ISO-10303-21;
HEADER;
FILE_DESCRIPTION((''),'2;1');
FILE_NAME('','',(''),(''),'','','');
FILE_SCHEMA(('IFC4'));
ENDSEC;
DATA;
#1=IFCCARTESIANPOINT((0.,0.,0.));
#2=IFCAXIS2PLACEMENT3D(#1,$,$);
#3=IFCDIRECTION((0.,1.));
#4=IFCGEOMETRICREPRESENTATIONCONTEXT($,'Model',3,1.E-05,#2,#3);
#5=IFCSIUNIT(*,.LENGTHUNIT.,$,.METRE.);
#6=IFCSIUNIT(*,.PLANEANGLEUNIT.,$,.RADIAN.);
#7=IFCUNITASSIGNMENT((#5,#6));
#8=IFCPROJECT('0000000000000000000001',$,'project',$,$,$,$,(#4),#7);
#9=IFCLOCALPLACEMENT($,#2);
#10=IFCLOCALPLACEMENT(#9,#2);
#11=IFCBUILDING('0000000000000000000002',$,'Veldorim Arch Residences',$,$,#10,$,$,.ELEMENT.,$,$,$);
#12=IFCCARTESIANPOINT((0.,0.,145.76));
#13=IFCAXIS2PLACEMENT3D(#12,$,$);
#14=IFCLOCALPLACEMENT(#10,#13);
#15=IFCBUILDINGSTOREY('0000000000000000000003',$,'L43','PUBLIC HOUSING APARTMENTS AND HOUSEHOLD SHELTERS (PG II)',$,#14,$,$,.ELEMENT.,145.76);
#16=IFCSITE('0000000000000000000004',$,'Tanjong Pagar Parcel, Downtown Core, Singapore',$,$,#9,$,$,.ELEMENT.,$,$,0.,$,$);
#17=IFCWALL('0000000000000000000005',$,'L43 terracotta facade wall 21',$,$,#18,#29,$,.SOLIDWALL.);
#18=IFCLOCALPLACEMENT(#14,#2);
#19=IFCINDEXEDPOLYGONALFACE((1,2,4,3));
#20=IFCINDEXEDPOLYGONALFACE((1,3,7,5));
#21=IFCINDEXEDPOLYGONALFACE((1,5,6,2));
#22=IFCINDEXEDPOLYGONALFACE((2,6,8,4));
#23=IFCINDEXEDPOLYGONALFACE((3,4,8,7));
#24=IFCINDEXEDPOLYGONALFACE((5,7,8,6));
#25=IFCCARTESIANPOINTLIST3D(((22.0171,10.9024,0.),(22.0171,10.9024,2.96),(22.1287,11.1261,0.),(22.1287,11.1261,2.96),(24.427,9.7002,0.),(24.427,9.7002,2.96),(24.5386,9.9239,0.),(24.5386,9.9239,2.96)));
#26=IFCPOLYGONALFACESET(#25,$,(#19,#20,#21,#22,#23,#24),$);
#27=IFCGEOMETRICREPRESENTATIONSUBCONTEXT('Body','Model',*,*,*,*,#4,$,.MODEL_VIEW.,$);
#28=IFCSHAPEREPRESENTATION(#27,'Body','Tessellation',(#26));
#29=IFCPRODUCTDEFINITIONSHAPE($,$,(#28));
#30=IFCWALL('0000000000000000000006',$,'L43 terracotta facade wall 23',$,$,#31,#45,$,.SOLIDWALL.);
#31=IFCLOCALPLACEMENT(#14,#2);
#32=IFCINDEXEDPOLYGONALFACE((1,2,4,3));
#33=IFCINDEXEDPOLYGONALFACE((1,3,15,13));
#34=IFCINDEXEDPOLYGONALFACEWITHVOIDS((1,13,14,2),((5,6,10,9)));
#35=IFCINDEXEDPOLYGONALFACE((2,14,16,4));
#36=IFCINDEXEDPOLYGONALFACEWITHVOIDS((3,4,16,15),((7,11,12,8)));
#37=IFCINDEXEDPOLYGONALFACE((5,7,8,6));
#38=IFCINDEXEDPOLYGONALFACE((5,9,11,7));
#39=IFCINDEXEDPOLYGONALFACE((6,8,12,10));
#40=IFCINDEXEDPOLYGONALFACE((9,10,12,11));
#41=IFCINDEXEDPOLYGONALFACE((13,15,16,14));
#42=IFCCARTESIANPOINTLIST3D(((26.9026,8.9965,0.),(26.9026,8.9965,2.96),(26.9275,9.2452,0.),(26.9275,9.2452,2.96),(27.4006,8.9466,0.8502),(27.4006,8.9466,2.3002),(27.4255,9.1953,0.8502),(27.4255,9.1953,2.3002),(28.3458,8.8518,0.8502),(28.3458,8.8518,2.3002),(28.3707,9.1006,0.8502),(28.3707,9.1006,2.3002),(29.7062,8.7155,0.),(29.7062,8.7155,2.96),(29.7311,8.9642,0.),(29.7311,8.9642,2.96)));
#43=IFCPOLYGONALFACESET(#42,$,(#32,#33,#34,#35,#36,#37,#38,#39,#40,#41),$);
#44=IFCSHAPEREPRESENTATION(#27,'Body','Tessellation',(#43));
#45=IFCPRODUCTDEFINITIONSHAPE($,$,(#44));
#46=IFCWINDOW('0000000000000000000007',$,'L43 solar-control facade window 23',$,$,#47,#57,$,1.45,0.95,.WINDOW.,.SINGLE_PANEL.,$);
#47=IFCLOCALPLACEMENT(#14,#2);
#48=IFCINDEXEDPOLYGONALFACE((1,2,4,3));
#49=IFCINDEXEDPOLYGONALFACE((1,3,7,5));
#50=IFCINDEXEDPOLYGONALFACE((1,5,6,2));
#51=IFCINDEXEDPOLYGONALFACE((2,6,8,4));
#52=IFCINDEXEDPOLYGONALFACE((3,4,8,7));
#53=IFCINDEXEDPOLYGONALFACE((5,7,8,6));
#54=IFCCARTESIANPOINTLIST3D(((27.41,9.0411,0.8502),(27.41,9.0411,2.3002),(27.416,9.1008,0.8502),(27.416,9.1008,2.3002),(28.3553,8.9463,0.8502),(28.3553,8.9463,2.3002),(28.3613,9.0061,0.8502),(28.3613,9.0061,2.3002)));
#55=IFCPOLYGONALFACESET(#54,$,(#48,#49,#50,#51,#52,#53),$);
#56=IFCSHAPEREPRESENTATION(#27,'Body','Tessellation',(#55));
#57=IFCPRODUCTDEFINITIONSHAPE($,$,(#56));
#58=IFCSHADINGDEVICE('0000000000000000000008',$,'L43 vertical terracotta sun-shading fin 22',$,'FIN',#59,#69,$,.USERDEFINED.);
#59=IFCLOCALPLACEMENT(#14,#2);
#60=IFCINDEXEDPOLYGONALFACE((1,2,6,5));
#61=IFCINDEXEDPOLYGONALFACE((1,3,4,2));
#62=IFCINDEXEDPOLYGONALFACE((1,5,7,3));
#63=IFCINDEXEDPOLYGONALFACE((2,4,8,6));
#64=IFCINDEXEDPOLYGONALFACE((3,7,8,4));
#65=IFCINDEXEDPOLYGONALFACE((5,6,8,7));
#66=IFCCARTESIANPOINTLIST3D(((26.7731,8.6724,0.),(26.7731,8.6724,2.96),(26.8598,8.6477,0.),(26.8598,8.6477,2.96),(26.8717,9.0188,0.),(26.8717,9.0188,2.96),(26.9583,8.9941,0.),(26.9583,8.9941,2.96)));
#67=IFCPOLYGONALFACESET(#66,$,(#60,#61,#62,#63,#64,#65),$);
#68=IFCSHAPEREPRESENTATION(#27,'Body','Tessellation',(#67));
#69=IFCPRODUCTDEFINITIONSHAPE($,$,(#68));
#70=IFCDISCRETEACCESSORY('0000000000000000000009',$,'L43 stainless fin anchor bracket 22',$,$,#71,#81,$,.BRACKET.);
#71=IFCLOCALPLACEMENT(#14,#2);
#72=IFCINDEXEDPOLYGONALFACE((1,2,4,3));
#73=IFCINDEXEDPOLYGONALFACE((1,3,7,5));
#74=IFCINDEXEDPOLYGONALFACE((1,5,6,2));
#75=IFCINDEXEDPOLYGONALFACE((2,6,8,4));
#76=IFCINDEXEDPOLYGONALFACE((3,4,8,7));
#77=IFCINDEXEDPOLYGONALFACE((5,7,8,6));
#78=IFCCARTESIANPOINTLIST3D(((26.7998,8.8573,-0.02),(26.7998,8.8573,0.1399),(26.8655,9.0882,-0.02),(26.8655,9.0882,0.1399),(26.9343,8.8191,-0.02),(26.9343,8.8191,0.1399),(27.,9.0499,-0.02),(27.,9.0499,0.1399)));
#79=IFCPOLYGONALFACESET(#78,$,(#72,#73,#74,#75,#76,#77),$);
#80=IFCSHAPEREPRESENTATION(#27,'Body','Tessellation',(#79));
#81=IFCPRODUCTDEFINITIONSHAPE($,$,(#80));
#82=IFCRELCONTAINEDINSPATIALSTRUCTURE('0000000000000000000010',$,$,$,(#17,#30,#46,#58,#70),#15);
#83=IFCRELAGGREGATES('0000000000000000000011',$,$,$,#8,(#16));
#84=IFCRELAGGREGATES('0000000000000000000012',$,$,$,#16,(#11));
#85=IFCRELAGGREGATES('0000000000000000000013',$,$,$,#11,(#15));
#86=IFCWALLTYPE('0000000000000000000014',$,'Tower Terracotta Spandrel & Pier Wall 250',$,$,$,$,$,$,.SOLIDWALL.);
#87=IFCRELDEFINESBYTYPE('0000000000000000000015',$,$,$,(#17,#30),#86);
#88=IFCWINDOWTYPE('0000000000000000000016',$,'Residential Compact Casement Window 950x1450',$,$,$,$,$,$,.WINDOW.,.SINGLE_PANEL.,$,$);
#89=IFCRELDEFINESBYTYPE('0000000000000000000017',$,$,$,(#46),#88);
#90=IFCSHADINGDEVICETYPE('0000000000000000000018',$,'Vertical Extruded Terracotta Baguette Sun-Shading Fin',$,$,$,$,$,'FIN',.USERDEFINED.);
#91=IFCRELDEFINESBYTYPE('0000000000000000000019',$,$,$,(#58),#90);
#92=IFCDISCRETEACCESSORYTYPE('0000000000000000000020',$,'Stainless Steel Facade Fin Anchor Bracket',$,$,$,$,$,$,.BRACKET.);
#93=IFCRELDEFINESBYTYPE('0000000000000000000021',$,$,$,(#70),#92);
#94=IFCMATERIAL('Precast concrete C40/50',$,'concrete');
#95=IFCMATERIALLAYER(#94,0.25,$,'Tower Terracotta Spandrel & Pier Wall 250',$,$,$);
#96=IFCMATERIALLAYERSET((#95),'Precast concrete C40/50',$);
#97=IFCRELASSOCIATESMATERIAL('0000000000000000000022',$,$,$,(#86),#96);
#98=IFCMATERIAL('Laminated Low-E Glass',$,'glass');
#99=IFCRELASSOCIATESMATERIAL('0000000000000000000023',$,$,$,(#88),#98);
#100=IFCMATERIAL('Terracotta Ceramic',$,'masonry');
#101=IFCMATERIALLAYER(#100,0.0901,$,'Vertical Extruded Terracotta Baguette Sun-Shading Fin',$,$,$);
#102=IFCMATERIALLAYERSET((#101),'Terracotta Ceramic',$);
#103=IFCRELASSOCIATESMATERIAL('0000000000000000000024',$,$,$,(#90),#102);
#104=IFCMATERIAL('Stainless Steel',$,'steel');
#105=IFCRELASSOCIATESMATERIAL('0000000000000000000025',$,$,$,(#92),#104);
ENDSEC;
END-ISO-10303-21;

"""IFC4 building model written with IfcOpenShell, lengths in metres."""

from ifc_helpers import new_model, si_unit, direction, frame, frame_2d, origin, origin_2d, place, context, subcontext, project, spatial, rectangle, extrude, material, layer, layer_set, type_object, element, fill, save


model = new_model("IFC4")

# Units and contexts
model_context = context("Model", 3, precision=1e-05, world=origin(), true_north=direction((0.0, 1.0)))
body_context = subcontext(model_context, "Body", "Model", "MODEL_VIEW")
ifc_project = project(units=[si_unit("LENGTHUNIT", "METRE"), si_unit("PLANEANGLEUNIT", "RADIAN")], contexts=[model_context])

# Site, building, storey
site_placement = place(None, origin())
site = spatial("IfcSite", under=ifc_project, at=site_placement, Name="Tanjong Pagar Parcel, Downtown Core, Singapore", CompositionType="ELEMENT", RefElevation=0.0)
building_placement = place(site_placement, origin())
building = spatial("IfcBuilding", under=site, at=building_placement, Name="Veldorim Arch Residences", CompositionType="ELEMENT")
storey_placement = place(building_placement, frame((0.0, 0.0, 145.76)))
storey = spatial("IfcBuildingStorey", under=building, at=storey_placement, Name="L43", Description="PUBLIC HOUSING APARTMENTS AND HOUSEHOLD SHELTERS (PG II)", CompositionType="ELEMENT", Elevation=145.76)

# Wall
ifc_material_1 = material(Name="Precast concrete C40/50", Category="concrete")
ifc_layer_1 = layer(ifc_material_1, 0.25, Name="Tower Terracotta Spandrel & Pier Wall 250")
ifc_layer_set_1 = layer_set([ifc_layer_1], Name="Precast concrete C40/50")
wall_type_1 = type_object("IfcWallType", Name="Tower Terracotta Spandrel & Pier Wall 250", PredefinedType="SOLIDWALL", material=ifc_layer_set_1)
wall_1_placement = place(storey_placement, frame((24.4829, 9.812, 0.0), z_axis=(0.0, 0.0, 1.0), x_axis=(-0.894844, 0.446379, 0.0)))
element("IfcWall", 1, at=wall_1_placement, inside=storey, type_object=wall_type_1, Name="L43 terracotta facade wall 21", PredefinedType="SOLIDWALL", context=body_context, shape_type="SweptSolid", body=[
    extrude(rectangle(XDim=2.6931, YDim=0.25, at=frame_2d((1.3467, 0.0))), origin(), (0.0, 0.0, 1.0), 2.96),
])

# Wall, opening, window
wall_2_placement = place(storey_placement, frame((29.7185, 8.8398, 0.0), z_axis=(0.0, 0.0, 1.0), x_axis=(-0.995014, 0.099735, 0.0)))
wall_2 = element("IfcWall", 2, at=wall_2_placement, inside=storey, type_object=wall_type_1, Name="L43 terracotta facade wall 23", PredefinedType="SOLIDWALL", context=body_context, shape_type="SweptSolid", body=[
    extrude(rectangle(XDim=2.8176, YDim=0.25, at=frame_2d((1.4087, 0.0))), origin(), (0.0, 0.0, 1.0), 2.96),
])
opening_placement = place(wall_2_placement, frame((1.3669, 0.0, 0.8501)))
opening = element("IfcOpeningElement", 3, at=opening_placement, cuts=wall_2, PredefinedType="OPENING", context=body_context, shape_type="SweptSolid", body=[
    extrude(rectangle(XDim=0.95, YDim=1.45, at=frame_2d((0.4751, 0.7251))), frame((0.0, 0.135, 0.0), z_axis=(0.0, -1.0, 0.0), x_axis=(1.0, 0.0, 0.0)), (0.0, 0.0, 1.0), 0.27),
])
ifc_material_2 = material(Name="Laminated Low-E Glass", Category="glass")
window_type = type_object("IfcWindowType", Name="Residential Compact Casement Window 950x1450", PartitioningType="SINGLE_PANEL", PredefinedType="WINDOW", material=ifc_material_2)
window_placement = place(opening_placement, origin())
window = element("IfcWindow", 4, at=window_placement, inside=storey, type_object=window_type, Name="L43 solar-control facade window 23", OverallHeight=1.45, OverallWidth=0.95, PartitioningType="SINGLE_PANEL", PredefinedType="WINDOW", context=body_context, shape_type="SweptSolid", body=[
    extrude(rectangle(XDim=0.95, YDim=1.45, at=frame_2d((0.4751, 0.7251))), frame((0.0, 0.03, 0.0), z_axis=(0.0, -1.0, 0.0), x_axis=(1.0, 0.0, 0.0)), (0.0, 0.0, 1.0), 0.0601),
])
fill(opening, window)

# Shading device
ifc_material_3 = material(Name="Terracotta Ceramic", Category="masonry")
ifc_layer_2 = layer(ifc_material_3, 0.0901, Name="Vertical Extruded Terracotta Baguette Sun-Shading Fin")
ifc_layer_set_2 = layer_set([ifc_layer_2], Name="Terracotta Ceramic")
shading_device_type = type_object("IfcShadingDeviceType", Name="Vertical Extruded Terracotta Baguette Sun-Shading Fin", ElementType="FIN", PredefinedType="USERDEFINED", material=ifc_layer_set_2)
shading_device_placement = place(storey_placement, frame((26.8657, 8.8333, 0.0), z_axis=(0.0, 0.0, 1.0), x_axis=(-0.961837, 0.273623, 0.0)))
element("IfcShadingDevice", 5, at=shading_device_placement, inside=storey, type_object=shading_device_type, Name="L43 vertical terracotta sun-shading fin 22", ObjectType="FIN", PredefinedType="USERDEFINED", context=body_context, shape_type="SweptSolid", body=[
    extrude(rectangle(XDim=0.0901, YDim=0.3601, at=origin_2d()), origin(), (0.0, 0.0, 1.0), 2.96),
])

# Discrete accessory
ifc_material_4 = material(Name="Stainless Steel", Category="steel")
discrete_accessory_type = type_object("IfcDiscreteAccessoryType", Name="Stainless Steel Facade Fin Anchor Bracket", PredefinedType="BRACKET", material=ifc_material_4)
discrete_accessory_placement = place(storey_placement, frame((26.8999, 8.9536, -0.02), z_axis=(0.0, 0.0, 1.0), x_axis=(-0.961837, 0.273623, 0.0)))
element("IfcDiscreteAccessory", 6, at=discrete_accessory_placement, inside=storey, type_object=discrete_accessory_type, Name="L43 stainless fin anchor bracket 22", PredefinedType="BRACKET", context=body_context, shape_type="SweptSolid", body=[
    extrude(rectangle(XDim=0.1399, YDim=0.24, at=origin_2d()), origin(), (0.0, 0.0, 1.0), 0.1599),
])

save(model, "model.ifc")
